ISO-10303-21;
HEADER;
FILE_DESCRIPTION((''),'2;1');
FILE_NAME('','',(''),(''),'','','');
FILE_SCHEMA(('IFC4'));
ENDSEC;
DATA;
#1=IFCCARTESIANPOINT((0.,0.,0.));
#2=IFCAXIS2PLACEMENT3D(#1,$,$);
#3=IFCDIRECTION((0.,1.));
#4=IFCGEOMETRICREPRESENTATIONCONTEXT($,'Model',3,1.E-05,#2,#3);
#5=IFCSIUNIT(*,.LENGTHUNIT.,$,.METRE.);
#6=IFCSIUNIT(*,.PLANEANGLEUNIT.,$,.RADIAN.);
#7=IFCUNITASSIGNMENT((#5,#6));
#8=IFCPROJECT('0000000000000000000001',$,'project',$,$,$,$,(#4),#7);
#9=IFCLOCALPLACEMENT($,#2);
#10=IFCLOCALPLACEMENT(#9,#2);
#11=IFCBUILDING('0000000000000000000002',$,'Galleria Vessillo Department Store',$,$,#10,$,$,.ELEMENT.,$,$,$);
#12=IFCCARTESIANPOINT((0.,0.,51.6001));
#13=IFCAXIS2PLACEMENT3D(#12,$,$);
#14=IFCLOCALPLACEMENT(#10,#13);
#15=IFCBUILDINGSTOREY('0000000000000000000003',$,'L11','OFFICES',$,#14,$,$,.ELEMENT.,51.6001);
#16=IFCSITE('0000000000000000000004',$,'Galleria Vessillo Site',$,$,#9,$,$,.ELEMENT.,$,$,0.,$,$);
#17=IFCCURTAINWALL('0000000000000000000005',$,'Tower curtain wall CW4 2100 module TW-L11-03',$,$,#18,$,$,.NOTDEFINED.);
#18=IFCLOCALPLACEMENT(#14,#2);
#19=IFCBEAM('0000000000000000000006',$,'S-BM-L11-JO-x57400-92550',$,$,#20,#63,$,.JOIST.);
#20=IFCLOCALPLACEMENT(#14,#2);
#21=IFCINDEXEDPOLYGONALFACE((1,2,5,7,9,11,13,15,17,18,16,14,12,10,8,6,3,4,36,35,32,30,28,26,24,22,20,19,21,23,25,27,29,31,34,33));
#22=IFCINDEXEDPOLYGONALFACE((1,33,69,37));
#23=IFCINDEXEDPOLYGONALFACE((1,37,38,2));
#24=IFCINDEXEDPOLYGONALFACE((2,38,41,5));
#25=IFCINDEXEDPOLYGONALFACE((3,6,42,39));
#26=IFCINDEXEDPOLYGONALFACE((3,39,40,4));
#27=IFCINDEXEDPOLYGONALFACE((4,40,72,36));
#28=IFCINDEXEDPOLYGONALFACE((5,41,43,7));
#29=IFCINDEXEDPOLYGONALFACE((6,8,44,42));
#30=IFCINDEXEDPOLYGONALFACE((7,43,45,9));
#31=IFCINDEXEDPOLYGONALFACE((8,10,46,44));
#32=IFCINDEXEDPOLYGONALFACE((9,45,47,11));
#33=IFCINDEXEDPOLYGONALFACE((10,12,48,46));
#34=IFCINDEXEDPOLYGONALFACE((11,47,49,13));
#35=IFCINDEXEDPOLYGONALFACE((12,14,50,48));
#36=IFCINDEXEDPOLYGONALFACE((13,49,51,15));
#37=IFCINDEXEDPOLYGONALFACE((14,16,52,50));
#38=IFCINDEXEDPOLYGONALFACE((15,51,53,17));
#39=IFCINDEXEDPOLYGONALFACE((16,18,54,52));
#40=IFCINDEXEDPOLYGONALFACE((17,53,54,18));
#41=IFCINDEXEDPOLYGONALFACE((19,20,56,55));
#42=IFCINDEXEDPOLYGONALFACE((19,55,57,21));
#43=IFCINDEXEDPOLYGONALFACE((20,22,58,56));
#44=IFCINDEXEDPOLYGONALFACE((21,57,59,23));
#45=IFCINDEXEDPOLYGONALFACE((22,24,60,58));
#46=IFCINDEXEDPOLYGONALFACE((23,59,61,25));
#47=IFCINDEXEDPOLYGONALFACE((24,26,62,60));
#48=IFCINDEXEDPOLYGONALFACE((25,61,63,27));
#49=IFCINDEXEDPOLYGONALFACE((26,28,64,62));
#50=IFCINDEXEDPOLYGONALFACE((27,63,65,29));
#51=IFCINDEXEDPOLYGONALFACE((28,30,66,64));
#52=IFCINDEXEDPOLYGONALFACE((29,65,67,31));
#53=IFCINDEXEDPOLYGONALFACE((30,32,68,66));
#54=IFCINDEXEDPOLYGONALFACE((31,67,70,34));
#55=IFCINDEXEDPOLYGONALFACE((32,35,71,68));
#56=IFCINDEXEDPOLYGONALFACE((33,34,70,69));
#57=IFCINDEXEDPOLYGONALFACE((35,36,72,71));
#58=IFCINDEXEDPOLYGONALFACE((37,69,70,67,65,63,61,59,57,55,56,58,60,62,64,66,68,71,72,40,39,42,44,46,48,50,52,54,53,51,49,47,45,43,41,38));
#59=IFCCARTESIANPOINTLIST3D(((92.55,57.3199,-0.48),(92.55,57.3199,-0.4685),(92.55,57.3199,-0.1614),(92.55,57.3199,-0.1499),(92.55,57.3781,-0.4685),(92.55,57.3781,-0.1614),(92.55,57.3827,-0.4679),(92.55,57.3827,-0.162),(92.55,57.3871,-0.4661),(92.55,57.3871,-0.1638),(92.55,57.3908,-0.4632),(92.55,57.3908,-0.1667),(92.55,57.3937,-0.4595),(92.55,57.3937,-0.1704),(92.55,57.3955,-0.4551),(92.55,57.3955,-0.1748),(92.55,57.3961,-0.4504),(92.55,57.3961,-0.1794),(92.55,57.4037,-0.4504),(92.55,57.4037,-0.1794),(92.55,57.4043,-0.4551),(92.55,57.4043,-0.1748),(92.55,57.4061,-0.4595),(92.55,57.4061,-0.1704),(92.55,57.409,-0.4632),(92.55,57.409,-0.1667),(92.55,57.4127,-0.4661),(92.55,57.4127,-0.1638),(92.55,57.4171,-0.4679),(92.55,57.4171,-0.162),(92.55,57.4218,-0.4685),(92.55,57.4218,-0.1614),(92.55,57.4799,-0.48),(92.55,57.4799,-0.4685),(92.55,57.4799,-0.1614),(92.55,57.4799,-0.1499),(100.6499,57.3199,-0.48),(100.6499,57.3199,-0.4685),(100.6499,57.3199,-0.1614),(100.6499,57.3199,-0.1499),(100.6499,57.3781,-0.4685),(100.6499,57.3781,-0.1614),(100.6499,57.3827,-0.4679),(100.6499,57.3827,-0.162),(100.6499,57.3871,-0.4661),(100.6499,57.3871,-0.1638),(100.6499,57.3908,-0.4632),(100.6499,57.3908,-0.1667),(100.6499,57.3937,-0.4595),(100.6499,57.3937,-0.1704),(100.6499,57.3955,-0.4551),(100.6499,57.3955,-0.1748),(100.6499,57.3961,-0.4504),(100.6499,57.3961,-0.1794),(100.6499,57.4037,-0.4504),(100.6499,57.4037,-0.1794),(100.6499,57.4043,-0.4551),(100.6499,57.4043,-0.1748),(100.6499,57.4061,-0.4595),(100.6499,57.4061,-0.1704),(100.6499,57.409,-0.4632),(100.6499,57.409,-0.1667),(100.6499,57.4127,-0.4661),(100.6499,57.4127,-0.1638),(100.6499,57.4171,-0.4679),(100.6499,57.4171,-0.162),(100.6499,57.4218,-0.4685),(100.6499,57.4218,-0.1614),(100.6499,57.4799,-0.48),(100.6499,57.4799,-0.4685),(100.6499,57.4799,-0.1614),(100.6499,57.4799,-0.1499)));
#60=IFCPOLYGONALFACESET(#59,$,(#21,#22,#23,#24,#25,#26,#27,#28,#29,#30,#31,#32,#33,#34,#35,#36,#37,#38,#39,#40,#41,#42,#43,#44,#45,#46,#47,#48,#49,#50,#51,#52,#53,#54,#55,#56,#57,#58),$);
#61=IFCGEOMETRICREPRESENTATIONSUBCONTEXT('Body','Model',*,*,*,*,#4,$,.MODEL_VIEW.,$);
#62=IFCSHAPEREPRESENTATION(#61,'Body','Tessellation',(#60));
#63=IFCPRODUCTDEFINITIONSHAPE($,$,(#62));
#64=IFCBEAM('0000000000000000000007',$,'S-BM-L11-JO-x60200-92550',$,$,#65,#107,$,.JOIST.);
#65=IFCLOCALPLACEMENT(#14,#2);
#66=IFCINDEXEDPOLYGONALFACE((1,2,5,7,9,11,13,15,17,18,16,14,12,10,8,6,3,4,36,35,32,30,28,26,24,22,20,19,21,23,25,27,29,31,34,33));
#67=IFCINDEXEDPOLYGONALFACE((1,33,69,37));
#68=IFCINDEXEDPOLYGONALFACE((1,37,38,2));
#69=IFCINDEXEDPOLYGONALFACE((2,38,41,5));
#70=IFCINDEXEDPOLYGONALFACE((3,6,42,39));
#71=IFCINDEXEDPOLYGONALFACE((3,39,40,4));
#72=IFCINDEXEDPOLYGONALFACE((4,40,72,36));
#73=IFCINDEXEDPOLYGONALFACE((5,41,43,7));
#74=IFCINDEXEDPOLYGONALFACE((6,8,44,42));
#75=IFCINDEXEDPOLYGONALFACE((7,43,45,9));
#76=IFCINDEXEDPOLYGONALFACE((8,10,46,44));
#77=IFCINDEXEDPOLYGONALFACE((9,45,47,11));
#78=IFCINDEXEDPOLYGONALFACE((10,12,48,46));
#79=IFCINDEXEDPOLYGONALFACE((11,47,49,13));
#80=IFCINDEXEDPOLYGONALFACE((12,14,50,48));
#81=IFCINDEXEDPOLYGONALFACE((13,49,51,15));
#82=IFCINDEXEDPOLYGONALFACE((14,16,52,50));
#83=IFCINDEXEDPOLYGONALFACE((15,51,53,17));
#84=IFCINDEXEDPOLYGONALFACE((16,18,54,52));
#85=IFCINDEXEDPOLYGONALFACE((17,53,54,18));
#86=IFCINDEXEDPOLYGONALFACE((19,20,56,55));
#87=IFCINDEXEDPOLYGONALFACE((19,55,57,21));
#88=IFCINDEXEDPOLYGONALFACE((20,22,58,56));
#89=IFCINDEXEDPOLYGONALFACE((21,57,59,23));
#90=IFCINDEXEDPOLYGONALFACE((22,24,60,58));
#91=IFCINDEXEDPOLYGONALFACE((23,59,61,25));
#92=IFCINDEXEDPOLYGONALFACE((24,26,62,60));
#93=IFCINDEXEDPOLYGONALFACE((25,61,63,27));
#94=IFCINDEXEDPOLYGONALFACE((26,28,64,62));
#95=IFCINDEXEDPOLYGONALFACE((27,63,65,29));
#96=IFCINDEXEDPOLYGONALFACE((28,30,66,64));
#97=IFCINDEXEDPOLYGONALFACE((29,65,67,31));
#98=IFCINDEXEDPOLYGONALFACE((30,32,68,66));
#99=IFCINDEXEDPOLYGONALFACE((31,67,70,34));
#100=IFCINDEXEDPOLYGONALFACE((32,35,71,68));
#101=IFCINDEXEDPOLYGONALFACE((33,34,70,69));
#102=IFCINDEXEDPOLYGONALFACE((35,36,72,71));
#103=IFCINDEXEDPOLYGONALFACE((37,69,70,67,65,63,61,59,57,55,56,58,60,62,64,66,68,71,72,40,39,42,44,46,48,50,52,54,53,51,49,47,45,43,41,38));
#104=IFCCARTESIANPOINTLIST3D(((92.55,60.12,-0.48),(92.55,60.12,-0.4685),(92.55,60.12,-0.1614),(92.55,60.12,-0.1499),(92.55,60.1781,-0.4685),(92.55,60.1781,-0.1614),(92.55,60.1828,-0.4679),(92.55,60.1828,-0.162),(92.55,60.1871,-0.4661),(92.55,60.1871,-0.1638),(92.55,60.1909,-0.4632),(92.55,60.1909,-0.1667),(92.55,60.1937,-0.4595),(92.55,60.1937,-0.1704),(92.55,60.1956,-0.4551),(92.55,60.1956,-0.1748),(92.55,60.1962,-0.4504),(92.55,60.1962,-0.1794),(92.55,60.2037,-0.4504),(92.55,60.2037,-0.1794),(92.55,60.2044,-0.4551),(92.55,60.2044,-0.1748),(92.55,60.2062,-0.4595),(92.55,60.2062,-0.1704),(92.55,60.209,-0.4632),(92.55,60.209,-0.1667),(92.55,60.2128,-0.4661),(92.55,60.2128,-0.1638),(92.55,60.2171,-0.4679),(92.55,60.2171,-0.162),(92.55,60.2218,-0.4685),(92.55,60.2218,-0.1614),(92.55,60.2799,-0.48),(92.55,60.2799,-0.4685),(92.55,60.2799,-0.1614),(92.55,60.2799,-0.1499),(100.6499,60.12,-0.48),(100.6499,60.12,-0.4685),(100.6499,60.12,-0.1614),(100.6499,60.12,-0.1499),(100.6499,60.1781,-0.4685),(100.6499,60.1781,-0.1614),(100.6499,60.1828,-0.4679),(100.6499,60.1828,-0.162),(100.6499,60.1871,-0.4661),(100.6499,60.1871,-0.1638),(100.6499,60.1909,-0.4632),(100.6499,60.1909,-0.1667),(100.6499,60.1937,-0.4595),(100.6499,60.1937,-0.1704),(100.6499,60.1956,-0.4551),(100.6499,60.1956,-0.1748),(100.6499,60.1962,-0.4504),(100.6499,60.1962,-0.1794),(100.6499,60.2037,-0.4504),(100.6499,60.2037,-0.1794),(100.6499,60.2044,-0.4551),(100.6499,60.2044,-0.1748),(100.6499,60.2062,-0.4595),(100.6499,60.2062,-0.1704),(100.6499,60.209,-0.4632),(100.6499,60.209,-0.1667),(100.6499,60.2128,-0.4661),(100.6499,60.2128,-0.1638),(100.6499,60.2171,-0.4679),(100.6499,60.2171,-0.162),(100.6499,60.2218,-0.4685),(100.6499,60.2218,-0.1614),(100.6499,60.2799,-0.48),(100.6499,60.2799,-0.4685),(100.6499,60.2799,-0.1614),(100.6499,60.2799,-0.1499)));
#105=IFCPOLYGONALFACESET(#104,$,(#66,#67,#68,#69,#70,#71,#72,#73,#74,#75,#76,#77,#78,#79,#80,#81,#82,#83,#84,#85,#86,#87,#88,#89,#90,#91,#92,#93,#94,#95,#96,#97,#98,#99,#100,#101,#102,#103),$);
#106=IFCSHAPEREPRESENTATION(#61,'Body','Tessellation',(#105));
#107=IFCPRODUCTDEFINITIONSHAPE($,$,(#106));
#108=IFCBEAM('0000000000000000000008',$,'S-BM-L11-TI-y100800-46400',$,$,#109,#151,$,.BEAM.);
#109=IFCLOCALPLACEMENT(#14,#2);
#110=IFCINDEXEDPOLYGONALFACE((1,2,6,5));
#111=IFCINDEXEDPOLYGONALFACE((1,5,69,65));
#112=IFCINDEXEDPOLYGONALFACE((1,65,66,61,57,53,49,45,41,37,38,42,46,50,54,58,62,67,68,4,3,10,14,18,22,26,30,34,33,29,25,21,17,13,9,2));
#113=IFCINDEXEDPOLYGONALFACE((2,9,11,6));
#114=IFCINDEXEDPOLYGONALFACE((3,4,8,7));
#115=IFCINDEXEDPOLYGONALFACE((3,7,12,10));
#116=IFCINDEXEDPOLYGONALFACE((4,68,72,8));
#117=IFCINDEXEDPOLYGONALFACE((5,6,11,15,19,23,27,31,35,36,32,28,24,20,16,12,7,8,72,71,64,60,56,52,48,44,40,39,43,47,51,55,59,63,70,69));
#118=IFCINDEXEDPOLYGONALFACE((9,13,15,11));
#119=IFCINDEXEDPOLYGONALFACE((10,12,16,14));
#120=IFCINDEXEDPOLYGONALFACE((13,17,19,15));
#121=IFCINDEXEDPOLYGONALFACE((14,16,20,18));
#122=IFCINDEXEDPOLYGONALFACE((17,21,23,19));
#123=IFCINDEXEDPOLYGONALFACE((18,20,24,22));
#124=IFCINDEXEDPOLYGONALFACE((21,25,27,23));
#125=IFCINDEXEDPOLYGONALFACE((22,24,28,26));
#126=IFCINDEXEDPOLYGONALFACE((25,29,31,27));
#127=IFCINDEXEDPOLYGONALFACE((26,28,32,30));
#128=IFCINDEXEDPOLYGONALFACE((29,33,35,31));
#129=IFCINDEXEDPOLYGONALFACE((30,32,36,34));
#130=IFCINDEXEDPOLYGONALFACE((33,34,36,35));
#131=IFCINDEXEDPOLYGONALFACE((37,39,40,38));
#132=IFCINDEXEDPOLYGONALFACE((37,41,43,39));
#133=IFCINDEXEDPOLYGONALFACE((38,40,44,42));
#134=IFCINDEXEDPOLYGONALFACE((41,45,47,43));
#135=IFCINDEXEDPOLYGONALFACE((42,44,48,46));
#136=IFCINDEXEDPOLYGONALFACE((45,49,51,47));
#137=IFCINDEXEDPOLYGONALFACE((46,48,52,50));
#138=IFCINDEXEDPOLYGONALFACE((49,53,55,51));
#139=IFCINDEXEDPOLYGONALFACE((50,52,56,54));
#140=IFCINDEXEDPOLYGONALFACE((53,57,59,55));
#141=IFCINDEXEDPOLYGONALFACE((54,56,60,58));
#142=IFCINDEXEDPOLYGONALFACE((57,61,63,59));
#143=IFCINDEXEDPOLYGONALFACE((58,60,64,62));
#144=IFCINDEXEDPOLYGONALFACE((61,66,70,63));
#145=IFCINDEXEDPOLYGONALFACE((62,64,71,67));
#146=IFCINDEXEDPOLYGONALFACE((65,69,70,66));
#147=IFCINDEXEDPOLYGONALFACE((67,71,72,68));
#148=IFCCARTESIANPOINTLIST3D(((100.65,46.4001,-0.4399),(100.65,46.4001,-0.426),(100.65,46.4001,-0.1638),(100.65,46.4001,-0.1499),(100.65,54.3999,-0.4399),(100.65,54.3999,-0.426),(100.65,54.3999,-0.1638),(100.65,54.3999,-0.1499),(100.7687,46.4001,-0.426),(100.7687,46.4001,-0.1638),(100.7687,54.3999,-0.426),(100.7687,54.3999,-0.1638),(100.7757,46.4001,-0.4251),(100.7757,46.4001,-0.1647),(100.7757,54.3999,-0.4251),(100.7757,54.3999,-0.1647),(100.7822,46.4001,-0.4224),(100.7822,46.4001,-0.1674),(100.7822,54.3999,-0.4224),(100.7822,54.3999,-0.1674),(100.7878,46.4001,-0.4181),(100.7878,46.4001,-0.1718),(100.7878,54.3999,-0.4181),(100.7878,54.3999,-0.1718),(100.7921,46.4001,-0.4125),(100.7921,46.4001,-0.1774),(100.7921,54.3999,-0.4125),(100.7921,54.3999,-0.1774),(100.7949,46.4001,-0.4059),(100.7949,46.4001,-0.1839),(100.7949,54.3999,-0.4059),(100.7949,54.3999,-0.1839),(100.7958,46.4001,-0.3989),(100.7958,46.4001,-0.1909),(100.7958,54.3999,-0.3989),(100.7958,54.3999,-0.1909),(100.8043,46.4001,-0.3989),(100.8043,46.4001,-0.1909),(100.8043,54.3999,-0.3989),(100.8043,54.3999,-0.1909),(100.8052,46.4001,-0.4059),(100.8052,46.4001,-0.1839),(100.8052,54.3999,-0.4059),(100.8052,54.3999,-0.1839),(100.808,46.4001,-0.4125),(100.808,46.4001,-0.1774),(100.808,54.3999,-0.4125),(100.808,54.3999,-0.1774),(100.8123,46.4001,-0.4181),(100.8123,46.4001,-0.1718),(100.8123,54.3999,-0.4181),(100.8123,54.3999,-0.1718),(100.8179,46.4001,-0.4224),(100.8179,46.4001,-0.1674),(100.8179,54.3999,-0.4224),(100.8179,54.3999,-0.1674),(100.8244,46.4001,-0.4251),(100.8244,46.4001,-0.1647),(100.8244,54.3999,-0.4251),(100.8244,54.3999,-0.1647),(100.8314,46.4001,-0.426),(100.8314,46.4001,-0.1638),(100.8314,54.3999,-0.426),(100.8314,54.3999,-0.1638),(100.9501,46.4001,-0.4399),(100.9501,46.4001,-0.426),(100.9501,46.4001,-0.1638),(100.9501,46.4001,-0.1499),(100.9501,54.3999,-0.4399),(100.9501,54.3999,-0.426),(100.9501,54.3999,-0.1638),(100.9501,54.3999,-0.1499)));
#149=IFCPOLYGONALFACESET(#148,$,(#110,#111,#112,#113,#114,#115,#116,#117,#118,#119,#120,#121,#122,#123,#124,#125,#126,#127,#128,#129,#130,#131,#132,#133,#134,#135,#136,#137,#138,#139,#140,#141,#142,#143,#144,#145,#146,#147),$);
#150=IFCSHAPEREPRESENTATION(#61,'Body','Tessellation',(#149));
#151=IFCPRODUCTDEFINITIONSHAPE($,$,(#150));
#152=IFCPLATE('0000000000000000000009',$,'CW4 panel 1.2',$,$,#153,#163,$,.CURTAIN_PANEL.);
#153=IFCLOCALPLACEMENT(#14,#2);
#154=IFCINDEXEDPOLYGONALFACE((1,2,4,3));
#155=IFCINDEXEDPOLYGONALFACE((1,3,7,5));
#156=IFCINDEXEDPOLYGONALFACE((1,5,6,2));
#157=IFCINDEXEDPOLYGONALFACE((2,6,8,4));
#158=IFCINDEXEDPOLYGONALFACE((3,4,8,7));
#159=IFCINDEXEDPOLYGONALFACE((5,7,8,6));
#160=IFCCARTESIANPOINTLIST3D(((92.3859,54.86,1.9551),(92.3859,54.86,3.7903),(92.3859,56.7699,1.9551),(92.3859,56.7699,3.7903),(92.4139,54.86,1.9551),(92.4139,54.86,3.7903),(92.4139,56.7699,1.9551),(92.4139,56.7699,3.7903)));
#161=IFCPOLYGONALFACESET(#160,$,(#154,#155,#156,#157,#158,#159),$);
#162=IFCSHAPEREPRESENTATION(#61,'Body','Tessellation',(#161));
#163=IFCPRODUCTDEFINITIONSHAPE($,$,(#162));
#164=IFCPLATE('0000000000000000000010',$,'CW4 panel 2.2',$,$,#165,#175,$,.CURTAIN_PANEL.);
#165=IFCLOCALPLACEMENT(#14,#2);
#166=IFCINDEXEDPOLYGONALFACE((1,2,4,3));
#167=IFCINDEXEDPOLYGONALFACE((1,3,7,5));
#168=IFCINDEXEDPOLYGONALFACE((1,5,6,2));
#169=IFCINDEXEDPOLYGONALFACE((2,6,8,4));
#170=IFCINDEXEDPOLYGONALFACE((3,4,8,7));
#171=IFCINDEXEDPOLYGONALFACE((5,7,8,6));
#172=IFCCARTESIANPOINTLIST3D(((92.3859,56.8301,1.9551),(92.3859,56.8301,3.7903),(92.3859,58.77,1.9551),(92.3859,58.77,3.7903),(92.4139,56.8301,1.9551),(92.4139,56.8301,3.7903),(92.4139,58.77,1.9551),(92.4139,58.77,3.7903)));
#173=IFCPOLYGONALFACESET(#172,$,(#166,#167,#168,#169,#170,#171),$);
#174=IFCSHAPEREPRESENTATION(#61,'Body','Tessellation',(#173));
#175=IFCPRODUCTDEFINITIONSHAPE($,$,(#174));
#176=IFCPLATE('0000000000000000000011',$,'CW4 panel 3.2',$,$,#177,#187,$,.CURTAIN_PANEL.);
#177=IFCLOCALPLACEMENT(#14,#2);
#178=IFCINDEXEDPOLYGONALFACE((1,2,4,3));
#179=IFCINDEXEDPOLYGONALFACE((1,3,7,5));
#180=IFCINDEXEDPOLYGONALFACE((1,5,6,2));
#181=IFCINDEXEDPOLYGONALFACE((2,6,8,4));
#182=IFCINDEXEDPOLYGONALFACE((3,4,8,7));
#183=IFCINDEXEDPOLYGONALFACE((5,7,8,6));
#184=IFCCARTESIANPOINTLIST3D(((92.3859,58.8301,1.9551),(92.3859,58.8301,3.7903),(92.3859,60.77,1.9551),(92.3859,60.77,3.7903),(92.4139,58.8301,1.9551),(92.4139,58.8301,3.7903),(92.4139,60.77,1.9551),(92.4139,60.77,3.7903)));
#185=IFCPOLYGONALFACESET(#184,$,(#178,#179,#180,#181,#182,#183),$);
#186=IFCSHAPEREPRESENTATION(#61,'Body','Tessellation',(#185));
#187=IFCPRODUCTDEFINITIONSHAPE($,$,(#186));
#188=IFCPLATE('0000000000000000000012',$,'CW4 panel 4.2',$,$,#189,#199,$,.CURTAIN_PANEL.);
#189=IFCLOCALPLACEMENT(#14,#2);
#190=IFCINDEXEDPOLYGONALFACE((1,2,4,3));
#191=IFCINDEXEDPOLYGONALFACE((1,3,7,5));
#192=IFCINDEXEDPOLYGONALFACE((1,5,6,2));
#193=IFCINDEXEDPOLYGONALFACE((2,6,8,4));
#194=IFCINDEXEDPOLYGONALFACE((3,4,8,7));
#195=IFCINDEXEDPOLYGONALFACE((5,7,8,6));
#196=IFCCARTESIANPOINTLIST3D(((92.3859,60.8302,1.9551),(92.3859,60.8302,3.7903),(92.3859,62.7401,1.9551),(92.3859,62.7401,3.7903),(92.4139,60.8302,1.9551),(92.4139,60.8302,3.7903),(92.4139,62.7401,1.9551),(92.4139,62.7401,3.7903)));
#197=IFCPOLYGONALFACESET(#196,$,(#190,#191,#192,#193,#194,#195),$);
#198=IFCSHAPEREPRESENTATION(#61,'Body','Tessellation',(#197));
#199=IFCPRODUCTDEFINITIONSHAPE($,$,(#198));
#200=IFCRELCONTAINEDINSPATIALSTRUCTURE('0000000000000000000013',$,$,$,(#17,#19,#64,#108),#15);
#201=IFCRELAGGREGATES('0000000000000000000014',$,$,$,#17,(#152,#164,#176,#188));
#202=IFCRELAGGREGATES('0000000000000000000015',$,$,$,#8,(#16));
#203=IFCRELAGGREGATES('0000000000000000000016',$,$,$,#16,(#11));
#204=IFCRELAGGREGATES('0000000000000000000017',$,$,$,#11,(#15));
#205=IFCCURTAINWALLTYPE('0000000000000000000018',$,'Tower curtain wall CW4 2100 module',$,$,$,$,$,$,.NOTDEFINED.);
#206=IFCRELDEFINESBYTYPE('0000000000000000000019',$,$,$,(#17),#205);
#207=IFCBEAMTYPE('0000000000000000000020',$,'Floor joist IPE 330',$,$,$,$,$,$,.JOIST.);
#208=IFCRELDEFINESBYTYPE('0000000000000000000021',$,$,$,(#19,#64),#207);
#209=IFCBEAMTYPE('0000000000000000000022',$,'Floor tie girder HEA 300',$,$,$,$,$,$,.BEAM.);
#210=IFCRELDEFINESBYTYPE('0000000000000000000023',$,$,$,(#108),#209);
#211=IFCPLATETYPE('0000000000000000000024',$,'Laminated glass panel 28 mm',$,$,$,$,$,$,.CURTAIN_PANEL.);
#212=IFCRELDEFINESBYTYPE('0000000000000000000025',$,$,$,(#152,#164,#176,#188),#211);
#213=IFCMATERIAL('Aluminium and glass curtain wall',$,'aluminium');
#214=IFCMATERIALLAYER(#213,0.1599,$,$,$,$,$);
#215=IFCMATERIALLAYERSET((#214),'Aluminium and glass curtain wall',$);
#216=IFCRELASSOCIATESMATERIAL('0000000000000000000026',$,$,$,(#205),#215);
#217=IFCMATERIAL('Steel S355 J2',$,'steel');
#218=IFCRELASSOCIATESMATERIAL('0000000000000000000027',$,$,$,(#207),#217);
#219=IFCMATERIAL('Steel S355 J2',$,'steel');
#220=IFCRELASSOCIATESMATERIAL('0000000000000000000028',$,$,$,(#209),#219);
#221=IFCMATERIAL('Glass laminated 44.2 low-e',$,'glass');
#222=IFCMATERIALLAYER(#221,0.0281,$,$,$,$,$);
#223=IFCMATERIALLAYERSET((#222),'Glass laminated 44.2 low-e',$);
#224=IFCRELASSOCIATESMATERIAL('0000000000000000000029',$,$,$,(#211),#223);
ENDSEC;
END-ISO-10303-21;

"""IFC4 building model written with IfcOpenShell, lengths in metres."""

from ifc_helpers import new_model, si_unit, direction, frame, origin, origin_2d, place, context, subcontext, project, spatial, rectangle, i_section, extrude, material, layer, layer_set, material_profile, profile_set, type_object, element, aggregate, save


model = new_model("IFC4")

# Units and contexts
model_context = context("Model", 3, precision=1e-05, world=origin(), true_north=direction((0.0, 1.0)))
body_context = subcontext(model_context, "Body", "Model", "MODEL_VIEW")
ifc_project = project(units=[si_unit("LENGTHUNIT", "METRE"), si_unit("PLANEANGLEUNIT", "RADIAN")], contexts=[model_context])

# Site, building, storey
site_placement = place(None, origin())
site = spatial("IfcSite", under=ifc_project, at=site_placement, Name="Galleria Vessillo Site", CompositionType="ELEMENT", RefElevation=0.0)
building_placement = place(site_placement, origin())
building = spatial("IfcBuilding", under=site, at=building_placement, Name="Galleria Vessillo Department Store", CompositionType="ELEMENT")
storey_placement = place(building_placement, frame((0.0, 0.0, 51.6001)))
storey = spatial("IfcBuildingStorey", under=building, at=storey_placement, Name="L11", Description="OFFICES", CompositionType="ELEMENT", Elevation=51.6001)

# Curtain wall
ifc_material_1 = material(Name="Aluminium and glass curtain wall", Category="aluminium")
ifc_layer_1 = layer(ifc_material_1, 0.1599)
ifc_layer_set_1 = layer_set([ifc_layer_1], Name="Aluminium and glass curtain wall")
curtain_wall_type = type_object("IfcCurtainWallType", Name="Tower curtain wall CW4 2100 module", PredefinedType="NOTDEFINED", material=ifc_layer_set_1)
curtain_wall_placement = place(storey_placement, origin())
curtain_wall = element("IfcCurtainWall", 1, at=curtain_wall_placement, inside=storey, type_object=curtain_wall_type, Name="Tower curtain wall CW4 2100 module TW-L11-03", PredefinedType="NOTDEFINED")

# Beams
ifc_material_2 = material(Name="Steel S355 J2", Category="steel")
ifc_material_profile_1 = material_profile(ifc_material_2, i_section(OverallWidth=0.1599, OverallDepth=0.3301, WebThickness=0.0076, FlangeThickness=0.0115, FilletRadius=0.0181, at=origin_2d()), Name="IPE 330")
ifc_profile_set_1 = profile_set([ifc_material_profile_1], Name="Steel S355 J2")
beam_type_1 = type_object("IfcBeamType", Name="Floor joist IPE 330", PredefinedType="JOIST", material=ifc_profile_set_1)
for number, where, z_axis, x_axis, name in (
    (2, (92.55, 57.3999, -0.3149), (1.0, 0.0, 0.0), (0.0, 1.0, 0.0), "S-BM-L11-JO-x57400-92550"),
    (3, (92.55, 60.2, -0.3149), (1.0, 0.0, 0.0), (0.0, 1.0, 0.0), "S-BM-L11-JO-x60200-92550"),
):
    element("IfcBeam", number, at=place(storey_placement, frame(where, z_axis=z_axis, x_axis=x_axis)), inside=storey, type_object=beam_type_1, Name=name, PredefinedType="JOIST", context=body_context, shape_type="SweptSolid", body=[
        extrude(i_section(OverallWidth=0.1599, OverallDepth=0.3301, WebThickness=0.0076, FlangeThickness=0.0115, FilletRadius=0.0181, at=origin_2d()), origin(), (0.0, 0.0, 1.0), 8.0999),
    ])
ifc_material_3 = material(Name="Steel S355 J2", Category="steel")
ifc_material_profile_2 = material_profile(ifc_material_3, i_section(OverallWidth=0.3, OverallDepth=0.29, WebThickness=0.0085, FlangeThickness=0.0139, FilletRadius=0.0271, at=origin_2d()), Name="HEA 300")
ifc_profile_set_2 = profile_set([ifc_material_profile_2], Name="Steel S355 J2")
beam_type_2 = type_object("IfcBeamType", Name="Floor tie girder HEA 300", PredefinedType="BEAM", material=ifc_profile_set_2)
beam_1_placement = place(storey_placement, frame((100.8, 46.4001, -0.2949), z_axis=(0.0, 1.0, 0.0), x_axis=(-1.0, 0.0, 0.0)))
element("IfcBeam", 4, at=beam_1_placement, inside=storey, type_object=beam_type_2, Name="S-BM-L11-TI-y100800-46400", PredefinedType="BEAM", context=body_context, shape_type="SweptSolid", body=[
    extrude(i_section(OverallWidth=0.3, OverallDepth=0.29, WebThickness=0.0085, FlangeThickness=0.0139, FilletRadius=0.0271, at=origin_2d()), origin(), (0.0, 0.0, 1.0), 7.9998),
])

# Plates
ifc_material_4 = material(Name="Glass laminated 44.2 low-e", Category="glass")
ifc_layer_2 = layer(ifc_material_4, 0.0281)
ifc_layer_set_2 = layer_set([ifc_layer_2], Name="Glass laminated 44.2 low-e")
plate_type_1 = type_object("IfcPlateType", Name="Laminated glass panel 28 mm", PredefinedType="CURTAIN_PANEL", material=ifc_layer_set_2)
plate_1_placement = place(storey_placement, frame((92.3999, 55.8149, 1.9551), z_axis=(0.0, 0.0, 1.0), x_axis=(0.0, 1.0, 0.0)))
plate_1 = element("IfcPlate", 5, at=plate_1_placement, type_object=plate_type_1, Name="CW4 panel 1.2", PredefinedType="CURTAIN_PANEL", context=body_context, shape_type="SweptSolid", body=[
    extrude(rectangle(XDim=1.9099, YDim=0.0281, at=origin_2d()), origin(), (0.0, 0.0, 1.0), 1.8352),
])
plate_2_placement = place(storey_placement, frame((92.3999, 57.8, 1.9551), z_axis=(0.0, 0.0, 1.0), x_axis=(0.0, 1.0, 0.0)))
plate_2 = element("IfcPlate", 6, at=plate_2_placement, type_object=plate_type_1, Name="CW4 panel 2.2", PredefinedType="CURTAIN_PANEL", context=body_context, shape_type="SweptSolid", body=[
    extrude(rectangle(XDim=1.9399, YDim=0.0281, at=origin_2d()), origin(), (0.0, 0.0, 1.0), 1.8352),
])
plate_3_placement = place(storey_placement, frame((92.3999, 59.8, 1.9551), z_axis=(0.0, 0.0, 1.0), x_axis=(0.0, 1.0, 0.0)))
plate_3 = element("IfcPlate", 7, at=plate_3_placement, type_object=plate_type_1, Name="CW4 panel 3.2", PredefinedType="CURTAIN_PANEL", context=body_context, shape_type="SweptSolid", body=[
    extrude(rectangle(XDim=1.9399, YDim=0.0281, at=origin_2d()), origin(), (0.0, 0.0, 1.0), 1.8352),
])
plate_4_placement = place(storey_placement, frame((92.3999, 61.7852, 1.9551), z_axis=(0.0, 0.0, 1.0), x_axis=(0.0, 1.0, 0.0)))
plate_4 = element("IfcPlate", 8, at=plate_4_placement, type_object=plate_type_1, Name="CW4 panel 4.2", PredefinedType="CURTAIN_PANEL", context=body_context, shape_type="SweptSolid", body=[
    extrude(rectangle(XDim=1.9099, YDim=0.0281, at=origin_2d()), origin(), (0.0, 0.0, 1.0), 1.8352),
])
aggregate(curtain_wall, [plate_1, plate_2, plate_3, plate_4])

save(model, "model.ifc")
